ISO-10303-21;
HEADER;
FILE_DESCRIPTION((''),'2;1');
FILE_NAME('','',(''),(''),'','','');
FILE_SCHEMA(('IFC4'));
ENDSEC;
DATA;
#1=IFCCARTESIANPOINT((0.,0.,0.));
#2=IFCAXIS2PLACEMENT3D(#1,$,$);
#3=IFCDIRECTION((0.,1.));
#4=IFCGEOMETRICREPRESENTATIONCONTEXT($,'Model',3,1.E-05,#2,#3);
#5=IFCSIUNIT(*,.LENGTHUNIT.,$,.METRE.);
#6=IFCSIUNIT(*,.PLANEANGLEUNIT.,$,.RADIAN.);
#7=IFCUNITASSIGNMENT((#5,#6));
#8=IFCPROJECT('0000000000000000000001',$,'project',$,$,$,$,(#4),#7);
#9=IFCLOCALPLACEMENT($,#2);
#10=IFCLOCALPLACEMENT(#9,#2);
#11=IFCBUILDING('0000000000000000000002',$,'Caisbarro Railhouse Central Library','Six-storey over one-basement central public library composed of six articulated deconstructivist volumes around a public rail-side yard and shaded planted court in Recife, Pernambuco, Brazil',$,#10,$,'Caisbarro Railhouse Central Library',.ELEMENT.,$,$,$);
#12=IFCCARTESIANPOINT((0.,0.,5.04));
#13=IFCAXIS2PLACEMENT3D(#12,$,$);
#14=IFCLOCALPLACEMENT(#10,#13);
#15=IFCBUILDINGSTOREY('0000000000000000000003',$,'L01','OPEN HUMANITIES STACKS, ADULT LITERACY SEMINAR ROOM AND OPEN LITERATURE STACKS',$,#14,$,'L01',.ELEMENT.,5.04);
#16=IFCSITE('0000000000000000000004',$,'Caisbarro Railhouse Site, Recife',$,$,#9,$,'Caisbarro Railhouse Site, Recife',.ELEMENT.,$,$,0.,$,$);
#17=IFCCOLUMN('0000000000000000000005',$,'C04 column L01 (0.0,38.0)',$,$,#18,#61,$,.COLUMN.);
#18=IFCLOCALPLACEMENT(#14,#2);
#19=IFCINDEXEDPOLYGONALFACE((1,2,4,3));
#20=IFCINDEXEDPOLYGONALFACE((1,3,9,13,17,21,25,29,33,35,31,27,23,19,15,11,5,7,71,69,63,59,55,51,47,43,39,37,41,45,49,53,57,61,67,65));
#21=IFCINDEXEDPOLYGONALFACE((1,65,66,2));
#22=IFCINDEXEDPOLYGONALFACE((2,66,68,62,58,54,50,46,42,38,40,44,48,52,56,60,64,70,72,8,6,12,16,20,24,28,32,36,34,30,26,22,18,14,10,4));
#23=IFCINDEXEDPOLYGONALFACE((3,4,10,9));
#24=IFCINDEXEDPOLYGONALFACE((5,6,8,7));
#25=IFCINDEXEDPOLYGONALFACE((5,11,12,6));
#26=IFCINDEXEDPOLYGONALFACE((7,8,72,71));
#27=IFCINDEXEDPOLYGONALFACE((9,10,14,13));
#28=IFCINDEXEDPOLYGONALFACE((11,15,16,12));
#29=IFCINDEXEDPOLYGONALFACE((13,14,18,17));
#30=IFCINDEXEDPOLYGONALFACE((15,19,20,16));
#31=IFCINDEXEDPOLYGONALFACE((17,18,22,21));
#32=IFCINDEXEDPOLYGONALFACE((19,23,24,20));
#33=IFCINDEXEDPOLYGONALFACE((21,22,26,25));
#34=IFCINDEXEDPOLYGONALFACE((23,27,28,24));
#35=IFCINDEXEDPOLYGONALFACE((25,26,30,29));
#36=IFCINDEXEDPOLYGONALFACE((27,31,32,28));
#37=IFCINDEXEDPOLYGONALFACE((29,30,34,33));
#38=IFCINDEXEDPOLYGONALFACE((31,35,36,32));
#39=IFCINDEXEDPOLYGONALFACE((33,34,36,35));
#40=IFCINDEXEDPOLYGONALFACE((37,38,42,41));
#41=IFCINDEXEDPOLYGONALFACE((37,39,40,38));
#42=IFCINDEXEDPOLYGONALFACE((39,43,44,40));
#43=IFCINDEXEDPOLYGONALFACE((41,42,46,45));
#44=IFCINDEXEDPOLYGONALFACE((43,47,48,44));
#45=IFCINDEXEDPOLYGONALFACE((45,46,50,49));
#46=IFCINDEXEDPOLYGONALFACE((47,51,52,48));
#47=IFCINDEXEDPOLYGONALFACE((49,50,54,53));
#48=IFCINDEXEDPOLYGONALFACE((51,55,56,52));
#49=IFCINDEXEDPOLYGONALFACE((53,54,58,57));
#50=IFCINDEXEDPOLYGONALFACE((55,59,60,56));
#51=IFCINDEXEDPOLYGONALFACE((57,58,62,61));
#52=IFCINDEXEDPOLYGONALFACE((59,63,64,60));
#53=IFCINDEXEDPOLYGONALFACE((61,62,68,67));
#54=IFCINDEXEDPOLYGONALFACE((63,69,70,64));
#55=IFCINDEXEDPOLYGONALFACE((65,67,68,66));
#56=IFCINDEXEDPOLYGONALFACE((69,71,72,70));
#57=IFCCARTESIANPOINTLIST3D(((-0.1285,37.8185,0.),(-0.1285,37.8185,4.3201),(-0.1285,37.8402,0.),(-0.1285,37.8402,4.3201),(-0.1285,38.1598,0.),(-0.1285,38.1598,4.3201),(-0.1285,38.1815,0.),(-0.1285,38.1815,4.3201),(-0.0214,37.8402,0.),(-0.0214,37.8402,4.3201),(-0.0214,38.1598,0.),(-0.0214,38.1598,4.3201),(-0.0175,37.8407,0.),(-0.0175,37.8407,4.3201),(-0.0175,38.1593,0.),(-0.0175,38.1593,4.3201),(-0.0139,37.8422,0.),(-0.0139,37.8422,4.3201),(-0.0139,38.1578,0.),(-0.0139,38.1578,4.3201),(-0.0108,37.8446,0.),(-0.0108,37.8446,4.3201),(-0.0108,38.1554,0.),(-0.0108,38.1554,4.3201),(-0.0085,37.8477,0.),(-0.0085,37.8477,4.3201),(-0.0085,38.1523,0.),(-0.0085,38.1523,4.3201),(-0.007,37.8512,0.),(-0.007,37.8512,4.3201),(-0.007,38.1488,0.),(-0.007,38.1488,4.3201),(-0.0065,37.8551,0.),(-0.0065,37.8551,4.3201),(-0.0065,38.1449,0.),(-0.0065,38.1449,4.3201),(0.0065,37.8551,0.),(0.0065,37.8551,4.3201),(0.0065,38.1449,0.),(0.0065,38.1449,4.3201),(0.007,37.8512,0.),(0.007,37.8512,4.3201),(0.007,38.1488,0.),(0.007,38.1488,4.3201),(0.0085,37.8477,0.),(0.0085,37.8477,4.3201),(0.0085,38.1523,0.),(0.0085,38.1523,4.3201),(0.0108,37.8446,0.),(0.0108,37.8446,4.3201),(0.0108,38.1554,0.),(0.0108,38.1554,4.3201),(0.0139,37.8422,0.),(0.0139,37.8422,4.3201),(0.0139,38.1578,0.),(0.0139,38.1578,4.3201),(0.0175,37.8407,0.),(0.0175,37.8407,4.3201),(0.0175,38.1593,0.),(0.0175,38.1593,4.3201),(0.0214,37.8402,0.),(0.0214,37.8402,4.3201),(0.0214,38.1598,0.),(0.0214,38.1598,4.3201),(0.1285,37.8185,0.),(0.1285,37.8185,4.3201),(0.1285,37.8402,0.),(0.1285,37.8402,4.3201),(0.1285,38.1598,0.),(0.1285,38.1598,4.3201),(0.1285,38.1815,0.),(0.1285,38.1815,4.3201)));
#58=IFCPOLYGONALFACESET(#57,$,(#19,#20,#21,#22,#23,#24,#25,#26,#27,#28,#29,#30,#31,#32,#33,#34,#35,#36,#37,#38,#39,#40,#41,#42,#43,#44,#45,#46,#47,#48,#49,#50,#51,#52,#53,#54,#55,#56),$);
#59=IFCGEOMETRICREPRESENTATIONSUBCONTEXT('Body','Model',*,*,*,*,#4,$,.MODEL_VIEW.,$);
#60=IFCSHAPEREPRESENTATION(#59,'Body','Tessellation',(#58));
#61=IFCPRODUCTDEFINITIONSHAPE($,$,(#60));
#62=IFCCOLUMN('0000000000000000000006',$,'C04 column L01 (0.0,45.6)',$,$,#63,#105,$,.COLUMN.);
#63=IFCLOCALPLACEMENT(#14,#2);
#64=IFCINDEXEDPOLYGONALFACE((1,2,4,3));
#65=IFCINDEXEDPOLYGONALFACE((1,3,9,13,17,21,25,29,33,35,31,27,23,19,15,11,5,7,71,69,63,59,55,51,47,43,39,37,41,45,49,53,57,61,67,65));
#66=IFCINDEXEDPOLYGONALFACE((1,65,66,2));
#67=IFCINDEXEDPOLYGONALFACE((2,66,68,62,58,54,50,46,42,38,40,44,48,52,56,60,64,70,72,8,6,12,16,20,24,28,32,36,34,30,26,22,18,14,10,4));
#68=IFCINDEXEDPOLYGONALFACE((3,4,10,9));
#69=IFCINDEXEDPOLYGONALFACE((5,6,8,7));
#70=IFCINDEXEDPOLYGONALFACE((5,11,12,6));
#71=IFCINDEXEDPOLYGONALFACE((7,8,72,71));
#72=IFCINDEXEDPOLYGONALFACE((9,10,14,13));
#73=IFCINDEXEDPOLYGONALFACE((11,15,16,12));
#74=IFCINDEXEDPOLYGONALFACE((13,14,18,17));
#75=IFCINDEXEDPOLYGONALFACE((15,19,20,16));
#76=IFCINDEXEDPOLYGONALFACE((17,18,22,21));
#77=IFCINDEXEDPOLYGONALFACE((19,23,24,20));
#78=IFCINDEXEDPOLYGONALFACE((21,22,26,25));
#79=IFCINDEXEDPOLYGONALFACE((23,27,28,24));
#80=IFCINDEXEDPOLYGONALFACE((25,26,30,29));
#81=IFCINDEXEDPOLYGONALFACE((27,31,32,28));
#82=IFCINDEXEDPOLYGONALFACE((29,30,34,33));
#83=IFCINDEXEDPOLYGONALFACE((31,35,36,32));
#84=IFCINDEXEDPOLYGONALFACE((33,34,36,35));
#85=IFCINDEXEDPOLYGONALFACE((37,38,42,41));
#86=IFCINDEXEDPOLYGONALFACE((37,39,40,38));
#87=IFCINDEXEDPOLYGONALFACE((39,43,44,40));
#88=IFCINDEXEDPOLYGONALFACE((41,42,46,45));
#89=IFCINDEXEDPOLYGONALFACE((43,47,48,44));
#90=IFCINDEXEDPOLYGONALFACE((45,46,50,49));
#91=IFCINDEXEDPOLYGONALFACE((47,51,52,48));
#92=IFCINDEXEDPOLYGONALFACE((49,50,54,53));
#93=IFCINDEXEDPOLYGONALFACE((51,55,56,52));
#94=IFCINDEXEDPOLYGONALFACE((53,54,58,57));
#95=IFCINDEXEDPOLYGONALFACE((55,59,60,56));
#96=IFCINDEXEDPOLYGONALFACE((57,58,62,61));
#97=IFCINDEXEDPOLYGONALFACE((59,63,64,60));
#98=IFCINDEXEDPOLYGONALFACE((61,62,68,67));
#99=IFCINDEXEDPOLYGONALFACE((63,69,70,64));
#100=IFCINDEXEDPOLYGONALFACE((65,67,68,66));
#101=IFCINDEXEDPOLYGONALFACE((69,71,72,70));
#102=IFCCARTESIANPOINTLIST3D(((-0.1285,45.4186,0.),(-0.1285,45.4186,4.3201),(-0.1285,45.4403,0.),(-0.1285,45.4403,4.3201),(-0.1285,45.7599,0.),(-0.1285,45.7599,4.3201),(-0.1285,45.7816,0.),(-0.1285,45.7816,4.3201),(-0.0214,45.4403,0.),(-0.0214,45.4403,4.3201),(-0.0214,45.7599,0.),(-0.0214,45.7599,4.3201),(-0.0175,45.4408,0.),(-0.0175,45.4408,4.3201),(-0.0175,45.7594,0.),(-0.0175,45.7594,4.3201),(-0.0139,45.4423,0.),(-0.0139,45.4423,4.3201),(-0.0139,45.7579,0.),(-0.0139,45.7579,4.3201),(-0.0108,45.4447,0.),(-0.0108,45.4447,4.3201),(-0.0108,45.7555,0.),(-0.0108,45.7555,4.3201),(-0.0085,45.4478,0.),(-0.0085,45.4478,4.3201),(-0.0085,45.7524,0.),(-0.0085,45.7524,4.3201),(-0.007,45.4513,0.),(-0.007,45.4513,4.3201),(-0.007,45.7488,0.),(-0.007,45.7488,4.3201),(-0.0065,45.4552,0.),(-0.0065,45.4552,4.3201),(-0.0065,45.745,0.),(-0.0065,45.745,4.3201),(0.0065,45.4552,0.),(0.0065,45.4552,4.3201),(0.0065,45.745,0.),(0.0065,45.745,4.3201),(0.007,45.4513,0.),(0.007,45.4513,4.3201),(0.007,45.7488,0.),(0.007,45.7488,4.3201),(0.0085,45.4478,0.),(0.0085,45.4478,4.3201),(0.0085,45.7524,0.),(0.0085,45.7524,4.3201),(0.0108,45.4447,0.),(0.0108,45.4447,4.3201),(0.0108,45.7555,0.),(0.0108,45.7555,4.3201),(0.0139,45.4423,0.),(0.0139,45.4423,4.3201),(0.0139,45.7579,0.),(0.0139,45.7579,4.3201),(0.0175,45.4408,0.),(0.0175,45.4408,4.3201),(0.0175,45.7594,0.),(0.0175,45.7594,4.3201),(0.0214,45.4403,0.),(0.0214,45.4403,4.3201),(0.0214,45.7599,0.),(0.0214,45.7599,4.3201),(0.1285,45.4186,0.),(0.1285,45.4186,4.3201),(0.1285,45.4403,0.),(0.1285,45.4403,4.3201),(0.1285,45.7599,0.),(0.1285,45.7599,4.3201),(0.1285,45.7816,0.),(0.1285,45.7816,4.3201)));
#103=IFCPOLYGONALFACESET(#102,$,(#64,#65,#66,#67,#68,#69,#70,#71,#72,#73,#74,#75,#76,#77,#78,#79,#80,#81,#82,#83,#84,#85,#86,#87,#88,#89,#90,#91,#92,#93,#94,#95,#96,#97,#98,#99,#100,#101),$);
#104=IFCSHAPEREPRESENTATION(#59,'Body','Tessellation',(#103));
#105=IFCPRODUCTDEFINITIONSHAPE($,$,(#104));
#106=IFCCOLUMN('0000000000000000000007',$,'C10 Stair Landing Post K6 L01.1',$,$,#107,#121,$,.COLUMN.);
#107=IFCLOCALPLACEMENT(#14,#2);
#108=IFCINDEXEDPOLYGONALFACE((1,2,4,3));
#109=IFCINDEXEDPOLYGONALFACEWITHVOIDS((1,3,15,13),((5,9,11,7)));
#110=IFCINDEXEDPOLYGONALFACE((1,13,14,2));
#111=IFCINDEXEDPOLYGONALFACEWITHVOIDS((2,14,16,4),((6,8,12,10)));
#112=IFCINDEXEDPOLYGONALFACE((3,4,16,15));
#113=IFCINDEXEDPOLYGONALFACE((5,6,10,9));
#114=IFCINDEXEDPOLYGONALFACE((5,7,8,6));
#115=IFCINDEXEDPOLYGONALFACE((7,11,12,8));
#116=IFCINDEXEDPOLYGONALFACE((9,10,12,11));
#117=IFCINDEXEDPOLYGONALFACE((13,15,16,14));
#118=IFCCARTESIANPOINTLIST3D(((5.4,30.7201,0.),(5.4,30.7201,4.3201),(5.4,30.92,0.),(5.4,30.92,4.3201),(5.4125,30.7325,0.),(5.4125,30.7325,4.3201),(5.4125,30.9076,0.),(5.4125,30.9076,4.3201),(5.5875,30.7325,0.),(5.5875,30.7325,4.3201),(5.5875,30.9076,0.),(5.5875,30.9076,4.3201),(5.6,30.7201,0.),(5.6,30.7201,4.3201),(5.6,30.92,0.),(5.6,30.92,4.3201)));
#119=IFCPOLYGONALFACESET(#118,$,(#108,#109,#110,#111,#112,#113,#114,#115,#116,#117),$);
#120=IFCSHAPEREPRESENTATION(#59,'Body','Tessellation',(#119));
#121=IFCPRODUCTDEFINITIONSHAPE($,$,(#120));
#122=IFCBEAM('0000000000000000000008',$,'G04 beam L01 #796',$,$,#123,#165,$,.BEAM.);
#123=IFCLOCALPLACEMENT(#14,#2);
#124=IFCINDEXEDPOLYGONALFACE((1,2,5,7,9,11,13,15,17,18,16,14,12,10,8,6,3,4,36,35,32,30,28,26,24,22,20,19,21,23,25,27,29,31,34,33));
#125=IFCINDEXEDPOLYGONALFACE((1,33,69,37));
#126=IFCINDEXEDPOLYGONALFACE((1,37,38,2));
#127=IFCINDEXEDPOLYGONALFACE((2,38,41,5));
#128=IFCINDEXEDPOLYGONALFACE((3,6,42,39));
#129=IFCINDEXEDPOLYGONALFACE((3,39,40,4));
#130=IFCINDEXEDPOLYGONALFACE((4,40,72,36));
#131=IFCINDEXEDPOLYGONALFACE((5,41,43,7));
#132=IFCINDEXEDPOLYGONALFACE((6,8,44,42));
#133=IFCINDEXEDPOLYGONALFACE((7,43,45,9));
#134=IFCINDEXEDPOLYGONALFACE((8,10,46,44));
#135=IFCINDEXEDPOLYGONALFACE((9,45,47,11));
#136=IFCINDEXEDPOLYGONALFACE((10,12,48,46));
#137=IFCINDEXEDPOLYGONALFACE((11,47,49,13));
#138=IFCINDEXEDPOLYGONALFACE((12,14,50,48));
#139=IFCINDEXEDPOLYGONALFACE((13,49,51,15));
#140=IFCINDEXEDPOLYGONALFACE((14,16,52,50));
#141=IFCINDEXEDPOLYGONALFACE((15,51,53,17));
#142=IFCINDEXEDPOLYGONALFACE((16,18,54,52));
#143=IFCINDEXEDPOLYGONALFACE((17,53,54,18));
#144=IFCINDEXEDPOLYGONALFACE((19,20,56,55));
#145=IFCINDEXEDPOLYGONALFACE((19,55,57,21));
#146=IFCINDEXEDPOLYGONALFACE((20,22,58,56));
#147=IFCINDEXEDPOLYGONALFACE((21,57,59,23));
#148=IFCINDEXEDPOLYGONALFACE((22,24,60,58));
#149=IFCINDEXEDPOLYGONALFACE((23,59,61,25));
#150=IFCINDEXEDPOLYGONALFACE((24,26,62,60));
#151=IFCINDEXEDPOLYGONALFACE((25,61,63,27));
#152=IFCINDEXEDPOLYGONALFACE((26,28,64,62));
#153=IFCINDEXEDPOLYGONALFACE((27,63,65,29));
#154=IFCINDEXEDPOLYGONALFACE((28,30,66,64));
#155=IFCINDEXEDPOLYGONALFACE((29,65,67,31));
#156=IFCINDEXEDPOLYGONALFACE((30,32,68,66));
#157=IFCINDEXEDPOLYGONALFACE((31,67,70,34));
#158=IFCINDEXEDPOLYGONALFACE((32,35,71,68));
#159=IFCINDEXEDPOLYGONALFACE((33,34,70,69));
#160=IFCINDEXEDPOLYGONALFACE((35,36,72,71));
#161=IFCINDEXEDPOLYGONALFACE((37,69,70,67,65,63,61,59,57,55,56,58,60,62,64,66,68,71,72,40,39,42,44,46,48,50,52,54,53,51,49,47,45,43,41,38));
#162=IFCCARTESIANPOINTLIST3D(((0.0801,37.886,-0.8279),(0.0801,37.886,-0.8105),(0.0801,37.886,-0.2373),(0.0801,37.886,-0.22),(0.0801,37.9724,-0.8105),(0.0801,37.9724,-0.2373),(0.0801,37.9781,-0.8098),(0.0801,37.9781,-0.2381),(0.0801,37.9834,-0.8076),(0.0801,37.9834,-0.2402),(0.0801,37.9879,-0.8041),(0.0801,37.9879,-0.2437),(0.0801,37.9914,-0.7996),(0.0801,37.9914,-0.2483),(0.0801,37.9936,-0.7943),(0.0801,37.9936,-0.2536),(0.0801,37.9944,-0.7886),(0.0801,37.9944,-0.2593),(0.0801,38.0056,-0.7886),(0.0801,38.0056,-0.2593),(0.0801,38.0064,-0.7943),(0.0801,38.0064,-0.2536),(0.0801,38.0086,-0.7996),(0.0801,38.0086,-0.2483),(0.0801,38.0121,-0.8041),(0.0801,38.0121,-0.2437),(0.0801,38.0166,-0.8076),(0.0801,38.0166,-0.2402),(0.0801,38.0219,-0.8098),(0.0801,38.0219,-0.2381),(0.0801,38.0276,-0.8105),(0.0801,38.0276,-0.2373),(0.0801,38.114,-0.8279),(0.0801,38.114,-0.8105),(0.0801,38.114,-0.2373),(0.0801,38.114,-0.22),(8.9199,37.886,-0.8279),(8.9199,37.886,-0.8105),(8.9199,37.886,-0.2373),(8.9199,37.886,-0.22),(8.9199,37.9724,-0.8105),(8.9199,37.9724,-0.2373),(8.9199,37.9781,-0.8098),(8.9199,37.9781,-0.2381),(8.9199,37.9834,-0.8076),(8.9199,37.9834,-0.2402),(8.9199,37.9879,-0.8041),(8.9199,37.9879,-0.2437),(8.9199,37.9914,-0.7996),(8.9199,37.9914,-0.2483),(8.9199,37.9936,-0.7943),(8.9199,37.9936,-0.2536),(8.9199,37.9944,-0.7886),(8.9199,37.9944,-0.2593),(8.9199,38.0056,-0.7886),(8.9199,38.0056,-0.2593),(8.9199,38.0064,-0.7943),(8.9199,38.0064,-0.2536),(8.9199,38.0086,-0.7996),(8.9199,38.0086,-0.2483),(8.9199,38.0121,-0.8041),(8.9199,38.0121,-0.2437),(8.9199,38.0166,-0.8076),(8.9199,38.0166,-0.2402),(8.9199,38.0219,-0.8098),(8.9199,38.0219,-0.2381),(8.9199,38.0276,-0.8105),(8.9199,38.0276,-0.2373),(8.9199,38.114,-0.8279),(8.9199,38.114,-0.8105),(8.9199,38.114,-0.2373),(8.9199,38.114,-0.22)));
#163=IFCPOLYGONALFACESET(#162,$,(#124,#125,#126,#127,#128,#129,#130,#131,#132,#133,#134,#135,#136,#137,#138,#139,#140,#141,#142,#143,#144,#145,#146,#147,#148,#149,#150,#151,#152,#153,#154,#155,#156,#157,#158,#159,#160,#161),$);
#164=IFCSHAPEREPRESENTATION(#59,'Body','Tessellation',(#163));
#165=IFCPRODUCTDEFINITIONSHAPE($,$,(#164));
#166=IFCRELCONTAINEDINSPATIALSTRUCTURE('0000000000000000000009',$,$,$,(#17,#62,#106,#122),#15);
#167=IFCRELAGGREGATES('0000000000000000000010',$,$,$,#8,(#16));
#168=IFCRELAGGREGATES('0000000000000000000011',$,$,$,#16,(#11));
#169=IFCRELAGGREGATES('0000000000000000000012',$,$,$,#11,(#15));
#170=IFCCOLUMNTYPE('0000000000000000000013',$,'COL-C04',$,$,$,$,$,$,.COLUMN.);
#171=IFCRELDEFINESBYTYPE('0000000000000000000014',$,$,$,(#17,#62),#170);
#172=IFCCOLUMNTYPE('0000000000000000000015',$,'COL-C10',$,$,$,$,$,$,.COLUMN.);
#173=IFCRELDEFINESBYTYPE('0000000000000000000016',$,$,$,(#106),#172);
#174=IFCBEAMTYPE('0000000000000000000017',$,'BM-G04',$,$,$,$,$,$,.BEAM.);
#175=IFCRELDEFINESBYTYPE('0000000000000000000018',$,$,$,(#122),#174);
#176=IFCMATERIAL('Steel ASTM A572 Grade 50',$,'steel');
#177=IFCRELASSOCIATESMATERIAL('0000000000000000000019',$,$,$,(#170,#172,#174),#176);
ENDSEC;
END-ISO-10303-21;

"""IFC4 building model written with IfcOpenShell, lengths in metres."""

from ifc_helpers import new_model, si_unit, direction, frame, origin, origin_2d, place, context, subcontext, project, spatial, hollow_rectangle, i_section, extrude, material, material_profile, profile_set, type_object, element, save


model = new_model("IFC4")

# Units and contexts
model_context = context("Model", 3, precision=1e-05, world=origin(), true_north=direction((0.0, 1.0)))
body_context = subcontext(model_context, "Body", "Model", "MODEL_VIEW")
ifc_project = project(units=[si_unit("LENGTHUNIT", "METRE"), si_unit("PLANEANGLEUNIT", "RADIAN")], contexts=[model_context])

# Site, building, storey
site_placement = place(None, origin())
site = spatial("IfcSite", under=ifc_project, at=site_placement, Name="Caisbarro Railhouse Site, Recife", LongName="Caisbarro Railhouse Site, Recife", CompositionType="ELEMENT", RefElevation=0.0)
building_placement = place(site_placement, origin())
building = spatial("IfcBuilding", under=site, at=building_placement, Name="Caisbarro Railhouse Central Library", Description="Six-storey over one-basement central public library composed of six articulated deconstructivist volumes around a public rail-side yard and shaded planted court in Recife, Pernambuco, Brazil", LongName="Caisbarro Railhouse Central Library", CompositionType="ELEMENT")
storey_placement = place(building_placement, frame((0.0, 0.0, 5.04)))
storey = spatial("IfcBuildingStorey", under=building, at=storey_placement, Name="L01", Description="OPEN HUMANITIES STACKS, ADULT LITERACY SEMINAR ROOM AND OPEN LITERATURE STACKS", LongName="L01", CompositionType="ELEMENT", Elevation=5.04)

# Columns
ifc_material_1 = material(Name="Steel ASTM A572 Grade 50", Category="steel")
ifc_material_profile_1 = material_profile(ifc_material_1, i_section(OverallWidth=0.2571, OverallDepth=0.363, WebThickness=0.0129, FlangeThickness=0.0217, FilletRadius=0.0149, at=origin_2d()), Name="W360X122.0")
ifc_profile_set_1 = profile_set([ifc_material_profile_1], Name="Steel ASTM A572 Grade 50")
column_type_1 = type_object("IfcColumnType", Name="COL-C04", PredefinedType="COLUMN", material=ifc_profile_set_1)
for number, where, z_axis, x_axis, name in (
    (1, (0.0, 38.0, 0.0), (0.0, 0.0, 1.0), (1.0, 0.0, 0.0), "C04 column L01 (0.0,38.0)"),
    (2, (0.0, 45.6001, 0.0), (0.0, 0.0, 1.0), (1.0, 0.0, 0.0), "C04 column L01 (0.0,45.6)"),
):
    element("IfcColumn", number, at=place(storey_placement, frame(where, z_axis=z_axis, x_axis=x_axis)), inside=storey, type_object=column_type_1, Name=name, PredefinedType="COLUMN", context=body_context, shape_type="SweptSolid", body=[
        extrude(i_section(OverallWidth=0.2571, OverallDepth=0.363, WebThickness=0.0129, FlangeThickness=0.0217, FilletRadius=0.0149, at=origin_2d()), origin(), (0.0, 0.0, 1.0), 4.3201),
    ])
ifc_material_profile_2 = material_profile(ifc_material_1, hollow_rectangle(XDim=0.2, YDim=0.2, WallThickness=0.0125, at=origin_2d()), Name="HSS200X200X12.5")
ifc_profile_set_2 = profile_set([ifc_material_profile_2], Name="Steel ASTM A572 Grade 50")
column_type_2 = type_object("IfcColumnType", Name="COL-C10", PredefinedType="COLUMN", material=ifc_profile_set_2)
column_placement = place(storey_placement, frame((5.5, 30.8201, 0.0), z_axis=(0.0, 0.0, 1.0), x_axis=(1.0, 0.0, 0.0)))
element("IfcColumn", 3, at=column_placement, inside=storey, type_object=column_type_2, Name="C10 Stair Landing Post K6 L01.1", PredefinedType="COLUMN", context=body_context, shape_type="SweptSolid", body=[
    extrude(hollow_rectangle(XDim=0.2, YDim=0.2, WallThickness=0.0125, at=origin_2d()), origin(), (0.0, 0.0, 1.0), 4.3201),
])

# Beam
ifc_material_profile_3 = material_profile(ifc_material_1, i_section(OverallWidth=0.228, OverallDepth=0.6079, WebThickness=0.0112, FlangeThickness=0.0173, FilletRadius=0.022, at=origin_2d()), Name="W610X113.0")
ifc_profile_set_3 = profile_set([ifc_material_profile_3], Name="Steel ASTM A572 Grade 50")
beam_type_1 = type_object("IfcBeamType", Name="BM-G04", PredefinedType="BEAM", material=ifc_profile_set_3)
for number, where, z_axis, x_axis, name in (
    (4, (0.0801, 38.0, -0.5239), (1.0, 0.0, 0.0), (0.0, 1.0, 0.0), "G04 beam L01 #796"),
):
    element("IfcBeam", number, at=place(storey_placement, frame(where, z_axis=z_axis, x_axis=x_axis)), inside=storey, type_object=beam_type_1, Name=name, PredefinedType="BEAM", context=body_context, shape_type="SweptSolid", body=[
        extrude(i_section(OverallWidth=0.228, OverallDepth=0.6079, WebThickness=0.0112, FlangeThickness=0.0173, FilletRadius=0.022, at=origin_2d()), origin(), (0.0, 0.0, 1.0), 8.8398),
    ])

save(model, "model.ifc")
